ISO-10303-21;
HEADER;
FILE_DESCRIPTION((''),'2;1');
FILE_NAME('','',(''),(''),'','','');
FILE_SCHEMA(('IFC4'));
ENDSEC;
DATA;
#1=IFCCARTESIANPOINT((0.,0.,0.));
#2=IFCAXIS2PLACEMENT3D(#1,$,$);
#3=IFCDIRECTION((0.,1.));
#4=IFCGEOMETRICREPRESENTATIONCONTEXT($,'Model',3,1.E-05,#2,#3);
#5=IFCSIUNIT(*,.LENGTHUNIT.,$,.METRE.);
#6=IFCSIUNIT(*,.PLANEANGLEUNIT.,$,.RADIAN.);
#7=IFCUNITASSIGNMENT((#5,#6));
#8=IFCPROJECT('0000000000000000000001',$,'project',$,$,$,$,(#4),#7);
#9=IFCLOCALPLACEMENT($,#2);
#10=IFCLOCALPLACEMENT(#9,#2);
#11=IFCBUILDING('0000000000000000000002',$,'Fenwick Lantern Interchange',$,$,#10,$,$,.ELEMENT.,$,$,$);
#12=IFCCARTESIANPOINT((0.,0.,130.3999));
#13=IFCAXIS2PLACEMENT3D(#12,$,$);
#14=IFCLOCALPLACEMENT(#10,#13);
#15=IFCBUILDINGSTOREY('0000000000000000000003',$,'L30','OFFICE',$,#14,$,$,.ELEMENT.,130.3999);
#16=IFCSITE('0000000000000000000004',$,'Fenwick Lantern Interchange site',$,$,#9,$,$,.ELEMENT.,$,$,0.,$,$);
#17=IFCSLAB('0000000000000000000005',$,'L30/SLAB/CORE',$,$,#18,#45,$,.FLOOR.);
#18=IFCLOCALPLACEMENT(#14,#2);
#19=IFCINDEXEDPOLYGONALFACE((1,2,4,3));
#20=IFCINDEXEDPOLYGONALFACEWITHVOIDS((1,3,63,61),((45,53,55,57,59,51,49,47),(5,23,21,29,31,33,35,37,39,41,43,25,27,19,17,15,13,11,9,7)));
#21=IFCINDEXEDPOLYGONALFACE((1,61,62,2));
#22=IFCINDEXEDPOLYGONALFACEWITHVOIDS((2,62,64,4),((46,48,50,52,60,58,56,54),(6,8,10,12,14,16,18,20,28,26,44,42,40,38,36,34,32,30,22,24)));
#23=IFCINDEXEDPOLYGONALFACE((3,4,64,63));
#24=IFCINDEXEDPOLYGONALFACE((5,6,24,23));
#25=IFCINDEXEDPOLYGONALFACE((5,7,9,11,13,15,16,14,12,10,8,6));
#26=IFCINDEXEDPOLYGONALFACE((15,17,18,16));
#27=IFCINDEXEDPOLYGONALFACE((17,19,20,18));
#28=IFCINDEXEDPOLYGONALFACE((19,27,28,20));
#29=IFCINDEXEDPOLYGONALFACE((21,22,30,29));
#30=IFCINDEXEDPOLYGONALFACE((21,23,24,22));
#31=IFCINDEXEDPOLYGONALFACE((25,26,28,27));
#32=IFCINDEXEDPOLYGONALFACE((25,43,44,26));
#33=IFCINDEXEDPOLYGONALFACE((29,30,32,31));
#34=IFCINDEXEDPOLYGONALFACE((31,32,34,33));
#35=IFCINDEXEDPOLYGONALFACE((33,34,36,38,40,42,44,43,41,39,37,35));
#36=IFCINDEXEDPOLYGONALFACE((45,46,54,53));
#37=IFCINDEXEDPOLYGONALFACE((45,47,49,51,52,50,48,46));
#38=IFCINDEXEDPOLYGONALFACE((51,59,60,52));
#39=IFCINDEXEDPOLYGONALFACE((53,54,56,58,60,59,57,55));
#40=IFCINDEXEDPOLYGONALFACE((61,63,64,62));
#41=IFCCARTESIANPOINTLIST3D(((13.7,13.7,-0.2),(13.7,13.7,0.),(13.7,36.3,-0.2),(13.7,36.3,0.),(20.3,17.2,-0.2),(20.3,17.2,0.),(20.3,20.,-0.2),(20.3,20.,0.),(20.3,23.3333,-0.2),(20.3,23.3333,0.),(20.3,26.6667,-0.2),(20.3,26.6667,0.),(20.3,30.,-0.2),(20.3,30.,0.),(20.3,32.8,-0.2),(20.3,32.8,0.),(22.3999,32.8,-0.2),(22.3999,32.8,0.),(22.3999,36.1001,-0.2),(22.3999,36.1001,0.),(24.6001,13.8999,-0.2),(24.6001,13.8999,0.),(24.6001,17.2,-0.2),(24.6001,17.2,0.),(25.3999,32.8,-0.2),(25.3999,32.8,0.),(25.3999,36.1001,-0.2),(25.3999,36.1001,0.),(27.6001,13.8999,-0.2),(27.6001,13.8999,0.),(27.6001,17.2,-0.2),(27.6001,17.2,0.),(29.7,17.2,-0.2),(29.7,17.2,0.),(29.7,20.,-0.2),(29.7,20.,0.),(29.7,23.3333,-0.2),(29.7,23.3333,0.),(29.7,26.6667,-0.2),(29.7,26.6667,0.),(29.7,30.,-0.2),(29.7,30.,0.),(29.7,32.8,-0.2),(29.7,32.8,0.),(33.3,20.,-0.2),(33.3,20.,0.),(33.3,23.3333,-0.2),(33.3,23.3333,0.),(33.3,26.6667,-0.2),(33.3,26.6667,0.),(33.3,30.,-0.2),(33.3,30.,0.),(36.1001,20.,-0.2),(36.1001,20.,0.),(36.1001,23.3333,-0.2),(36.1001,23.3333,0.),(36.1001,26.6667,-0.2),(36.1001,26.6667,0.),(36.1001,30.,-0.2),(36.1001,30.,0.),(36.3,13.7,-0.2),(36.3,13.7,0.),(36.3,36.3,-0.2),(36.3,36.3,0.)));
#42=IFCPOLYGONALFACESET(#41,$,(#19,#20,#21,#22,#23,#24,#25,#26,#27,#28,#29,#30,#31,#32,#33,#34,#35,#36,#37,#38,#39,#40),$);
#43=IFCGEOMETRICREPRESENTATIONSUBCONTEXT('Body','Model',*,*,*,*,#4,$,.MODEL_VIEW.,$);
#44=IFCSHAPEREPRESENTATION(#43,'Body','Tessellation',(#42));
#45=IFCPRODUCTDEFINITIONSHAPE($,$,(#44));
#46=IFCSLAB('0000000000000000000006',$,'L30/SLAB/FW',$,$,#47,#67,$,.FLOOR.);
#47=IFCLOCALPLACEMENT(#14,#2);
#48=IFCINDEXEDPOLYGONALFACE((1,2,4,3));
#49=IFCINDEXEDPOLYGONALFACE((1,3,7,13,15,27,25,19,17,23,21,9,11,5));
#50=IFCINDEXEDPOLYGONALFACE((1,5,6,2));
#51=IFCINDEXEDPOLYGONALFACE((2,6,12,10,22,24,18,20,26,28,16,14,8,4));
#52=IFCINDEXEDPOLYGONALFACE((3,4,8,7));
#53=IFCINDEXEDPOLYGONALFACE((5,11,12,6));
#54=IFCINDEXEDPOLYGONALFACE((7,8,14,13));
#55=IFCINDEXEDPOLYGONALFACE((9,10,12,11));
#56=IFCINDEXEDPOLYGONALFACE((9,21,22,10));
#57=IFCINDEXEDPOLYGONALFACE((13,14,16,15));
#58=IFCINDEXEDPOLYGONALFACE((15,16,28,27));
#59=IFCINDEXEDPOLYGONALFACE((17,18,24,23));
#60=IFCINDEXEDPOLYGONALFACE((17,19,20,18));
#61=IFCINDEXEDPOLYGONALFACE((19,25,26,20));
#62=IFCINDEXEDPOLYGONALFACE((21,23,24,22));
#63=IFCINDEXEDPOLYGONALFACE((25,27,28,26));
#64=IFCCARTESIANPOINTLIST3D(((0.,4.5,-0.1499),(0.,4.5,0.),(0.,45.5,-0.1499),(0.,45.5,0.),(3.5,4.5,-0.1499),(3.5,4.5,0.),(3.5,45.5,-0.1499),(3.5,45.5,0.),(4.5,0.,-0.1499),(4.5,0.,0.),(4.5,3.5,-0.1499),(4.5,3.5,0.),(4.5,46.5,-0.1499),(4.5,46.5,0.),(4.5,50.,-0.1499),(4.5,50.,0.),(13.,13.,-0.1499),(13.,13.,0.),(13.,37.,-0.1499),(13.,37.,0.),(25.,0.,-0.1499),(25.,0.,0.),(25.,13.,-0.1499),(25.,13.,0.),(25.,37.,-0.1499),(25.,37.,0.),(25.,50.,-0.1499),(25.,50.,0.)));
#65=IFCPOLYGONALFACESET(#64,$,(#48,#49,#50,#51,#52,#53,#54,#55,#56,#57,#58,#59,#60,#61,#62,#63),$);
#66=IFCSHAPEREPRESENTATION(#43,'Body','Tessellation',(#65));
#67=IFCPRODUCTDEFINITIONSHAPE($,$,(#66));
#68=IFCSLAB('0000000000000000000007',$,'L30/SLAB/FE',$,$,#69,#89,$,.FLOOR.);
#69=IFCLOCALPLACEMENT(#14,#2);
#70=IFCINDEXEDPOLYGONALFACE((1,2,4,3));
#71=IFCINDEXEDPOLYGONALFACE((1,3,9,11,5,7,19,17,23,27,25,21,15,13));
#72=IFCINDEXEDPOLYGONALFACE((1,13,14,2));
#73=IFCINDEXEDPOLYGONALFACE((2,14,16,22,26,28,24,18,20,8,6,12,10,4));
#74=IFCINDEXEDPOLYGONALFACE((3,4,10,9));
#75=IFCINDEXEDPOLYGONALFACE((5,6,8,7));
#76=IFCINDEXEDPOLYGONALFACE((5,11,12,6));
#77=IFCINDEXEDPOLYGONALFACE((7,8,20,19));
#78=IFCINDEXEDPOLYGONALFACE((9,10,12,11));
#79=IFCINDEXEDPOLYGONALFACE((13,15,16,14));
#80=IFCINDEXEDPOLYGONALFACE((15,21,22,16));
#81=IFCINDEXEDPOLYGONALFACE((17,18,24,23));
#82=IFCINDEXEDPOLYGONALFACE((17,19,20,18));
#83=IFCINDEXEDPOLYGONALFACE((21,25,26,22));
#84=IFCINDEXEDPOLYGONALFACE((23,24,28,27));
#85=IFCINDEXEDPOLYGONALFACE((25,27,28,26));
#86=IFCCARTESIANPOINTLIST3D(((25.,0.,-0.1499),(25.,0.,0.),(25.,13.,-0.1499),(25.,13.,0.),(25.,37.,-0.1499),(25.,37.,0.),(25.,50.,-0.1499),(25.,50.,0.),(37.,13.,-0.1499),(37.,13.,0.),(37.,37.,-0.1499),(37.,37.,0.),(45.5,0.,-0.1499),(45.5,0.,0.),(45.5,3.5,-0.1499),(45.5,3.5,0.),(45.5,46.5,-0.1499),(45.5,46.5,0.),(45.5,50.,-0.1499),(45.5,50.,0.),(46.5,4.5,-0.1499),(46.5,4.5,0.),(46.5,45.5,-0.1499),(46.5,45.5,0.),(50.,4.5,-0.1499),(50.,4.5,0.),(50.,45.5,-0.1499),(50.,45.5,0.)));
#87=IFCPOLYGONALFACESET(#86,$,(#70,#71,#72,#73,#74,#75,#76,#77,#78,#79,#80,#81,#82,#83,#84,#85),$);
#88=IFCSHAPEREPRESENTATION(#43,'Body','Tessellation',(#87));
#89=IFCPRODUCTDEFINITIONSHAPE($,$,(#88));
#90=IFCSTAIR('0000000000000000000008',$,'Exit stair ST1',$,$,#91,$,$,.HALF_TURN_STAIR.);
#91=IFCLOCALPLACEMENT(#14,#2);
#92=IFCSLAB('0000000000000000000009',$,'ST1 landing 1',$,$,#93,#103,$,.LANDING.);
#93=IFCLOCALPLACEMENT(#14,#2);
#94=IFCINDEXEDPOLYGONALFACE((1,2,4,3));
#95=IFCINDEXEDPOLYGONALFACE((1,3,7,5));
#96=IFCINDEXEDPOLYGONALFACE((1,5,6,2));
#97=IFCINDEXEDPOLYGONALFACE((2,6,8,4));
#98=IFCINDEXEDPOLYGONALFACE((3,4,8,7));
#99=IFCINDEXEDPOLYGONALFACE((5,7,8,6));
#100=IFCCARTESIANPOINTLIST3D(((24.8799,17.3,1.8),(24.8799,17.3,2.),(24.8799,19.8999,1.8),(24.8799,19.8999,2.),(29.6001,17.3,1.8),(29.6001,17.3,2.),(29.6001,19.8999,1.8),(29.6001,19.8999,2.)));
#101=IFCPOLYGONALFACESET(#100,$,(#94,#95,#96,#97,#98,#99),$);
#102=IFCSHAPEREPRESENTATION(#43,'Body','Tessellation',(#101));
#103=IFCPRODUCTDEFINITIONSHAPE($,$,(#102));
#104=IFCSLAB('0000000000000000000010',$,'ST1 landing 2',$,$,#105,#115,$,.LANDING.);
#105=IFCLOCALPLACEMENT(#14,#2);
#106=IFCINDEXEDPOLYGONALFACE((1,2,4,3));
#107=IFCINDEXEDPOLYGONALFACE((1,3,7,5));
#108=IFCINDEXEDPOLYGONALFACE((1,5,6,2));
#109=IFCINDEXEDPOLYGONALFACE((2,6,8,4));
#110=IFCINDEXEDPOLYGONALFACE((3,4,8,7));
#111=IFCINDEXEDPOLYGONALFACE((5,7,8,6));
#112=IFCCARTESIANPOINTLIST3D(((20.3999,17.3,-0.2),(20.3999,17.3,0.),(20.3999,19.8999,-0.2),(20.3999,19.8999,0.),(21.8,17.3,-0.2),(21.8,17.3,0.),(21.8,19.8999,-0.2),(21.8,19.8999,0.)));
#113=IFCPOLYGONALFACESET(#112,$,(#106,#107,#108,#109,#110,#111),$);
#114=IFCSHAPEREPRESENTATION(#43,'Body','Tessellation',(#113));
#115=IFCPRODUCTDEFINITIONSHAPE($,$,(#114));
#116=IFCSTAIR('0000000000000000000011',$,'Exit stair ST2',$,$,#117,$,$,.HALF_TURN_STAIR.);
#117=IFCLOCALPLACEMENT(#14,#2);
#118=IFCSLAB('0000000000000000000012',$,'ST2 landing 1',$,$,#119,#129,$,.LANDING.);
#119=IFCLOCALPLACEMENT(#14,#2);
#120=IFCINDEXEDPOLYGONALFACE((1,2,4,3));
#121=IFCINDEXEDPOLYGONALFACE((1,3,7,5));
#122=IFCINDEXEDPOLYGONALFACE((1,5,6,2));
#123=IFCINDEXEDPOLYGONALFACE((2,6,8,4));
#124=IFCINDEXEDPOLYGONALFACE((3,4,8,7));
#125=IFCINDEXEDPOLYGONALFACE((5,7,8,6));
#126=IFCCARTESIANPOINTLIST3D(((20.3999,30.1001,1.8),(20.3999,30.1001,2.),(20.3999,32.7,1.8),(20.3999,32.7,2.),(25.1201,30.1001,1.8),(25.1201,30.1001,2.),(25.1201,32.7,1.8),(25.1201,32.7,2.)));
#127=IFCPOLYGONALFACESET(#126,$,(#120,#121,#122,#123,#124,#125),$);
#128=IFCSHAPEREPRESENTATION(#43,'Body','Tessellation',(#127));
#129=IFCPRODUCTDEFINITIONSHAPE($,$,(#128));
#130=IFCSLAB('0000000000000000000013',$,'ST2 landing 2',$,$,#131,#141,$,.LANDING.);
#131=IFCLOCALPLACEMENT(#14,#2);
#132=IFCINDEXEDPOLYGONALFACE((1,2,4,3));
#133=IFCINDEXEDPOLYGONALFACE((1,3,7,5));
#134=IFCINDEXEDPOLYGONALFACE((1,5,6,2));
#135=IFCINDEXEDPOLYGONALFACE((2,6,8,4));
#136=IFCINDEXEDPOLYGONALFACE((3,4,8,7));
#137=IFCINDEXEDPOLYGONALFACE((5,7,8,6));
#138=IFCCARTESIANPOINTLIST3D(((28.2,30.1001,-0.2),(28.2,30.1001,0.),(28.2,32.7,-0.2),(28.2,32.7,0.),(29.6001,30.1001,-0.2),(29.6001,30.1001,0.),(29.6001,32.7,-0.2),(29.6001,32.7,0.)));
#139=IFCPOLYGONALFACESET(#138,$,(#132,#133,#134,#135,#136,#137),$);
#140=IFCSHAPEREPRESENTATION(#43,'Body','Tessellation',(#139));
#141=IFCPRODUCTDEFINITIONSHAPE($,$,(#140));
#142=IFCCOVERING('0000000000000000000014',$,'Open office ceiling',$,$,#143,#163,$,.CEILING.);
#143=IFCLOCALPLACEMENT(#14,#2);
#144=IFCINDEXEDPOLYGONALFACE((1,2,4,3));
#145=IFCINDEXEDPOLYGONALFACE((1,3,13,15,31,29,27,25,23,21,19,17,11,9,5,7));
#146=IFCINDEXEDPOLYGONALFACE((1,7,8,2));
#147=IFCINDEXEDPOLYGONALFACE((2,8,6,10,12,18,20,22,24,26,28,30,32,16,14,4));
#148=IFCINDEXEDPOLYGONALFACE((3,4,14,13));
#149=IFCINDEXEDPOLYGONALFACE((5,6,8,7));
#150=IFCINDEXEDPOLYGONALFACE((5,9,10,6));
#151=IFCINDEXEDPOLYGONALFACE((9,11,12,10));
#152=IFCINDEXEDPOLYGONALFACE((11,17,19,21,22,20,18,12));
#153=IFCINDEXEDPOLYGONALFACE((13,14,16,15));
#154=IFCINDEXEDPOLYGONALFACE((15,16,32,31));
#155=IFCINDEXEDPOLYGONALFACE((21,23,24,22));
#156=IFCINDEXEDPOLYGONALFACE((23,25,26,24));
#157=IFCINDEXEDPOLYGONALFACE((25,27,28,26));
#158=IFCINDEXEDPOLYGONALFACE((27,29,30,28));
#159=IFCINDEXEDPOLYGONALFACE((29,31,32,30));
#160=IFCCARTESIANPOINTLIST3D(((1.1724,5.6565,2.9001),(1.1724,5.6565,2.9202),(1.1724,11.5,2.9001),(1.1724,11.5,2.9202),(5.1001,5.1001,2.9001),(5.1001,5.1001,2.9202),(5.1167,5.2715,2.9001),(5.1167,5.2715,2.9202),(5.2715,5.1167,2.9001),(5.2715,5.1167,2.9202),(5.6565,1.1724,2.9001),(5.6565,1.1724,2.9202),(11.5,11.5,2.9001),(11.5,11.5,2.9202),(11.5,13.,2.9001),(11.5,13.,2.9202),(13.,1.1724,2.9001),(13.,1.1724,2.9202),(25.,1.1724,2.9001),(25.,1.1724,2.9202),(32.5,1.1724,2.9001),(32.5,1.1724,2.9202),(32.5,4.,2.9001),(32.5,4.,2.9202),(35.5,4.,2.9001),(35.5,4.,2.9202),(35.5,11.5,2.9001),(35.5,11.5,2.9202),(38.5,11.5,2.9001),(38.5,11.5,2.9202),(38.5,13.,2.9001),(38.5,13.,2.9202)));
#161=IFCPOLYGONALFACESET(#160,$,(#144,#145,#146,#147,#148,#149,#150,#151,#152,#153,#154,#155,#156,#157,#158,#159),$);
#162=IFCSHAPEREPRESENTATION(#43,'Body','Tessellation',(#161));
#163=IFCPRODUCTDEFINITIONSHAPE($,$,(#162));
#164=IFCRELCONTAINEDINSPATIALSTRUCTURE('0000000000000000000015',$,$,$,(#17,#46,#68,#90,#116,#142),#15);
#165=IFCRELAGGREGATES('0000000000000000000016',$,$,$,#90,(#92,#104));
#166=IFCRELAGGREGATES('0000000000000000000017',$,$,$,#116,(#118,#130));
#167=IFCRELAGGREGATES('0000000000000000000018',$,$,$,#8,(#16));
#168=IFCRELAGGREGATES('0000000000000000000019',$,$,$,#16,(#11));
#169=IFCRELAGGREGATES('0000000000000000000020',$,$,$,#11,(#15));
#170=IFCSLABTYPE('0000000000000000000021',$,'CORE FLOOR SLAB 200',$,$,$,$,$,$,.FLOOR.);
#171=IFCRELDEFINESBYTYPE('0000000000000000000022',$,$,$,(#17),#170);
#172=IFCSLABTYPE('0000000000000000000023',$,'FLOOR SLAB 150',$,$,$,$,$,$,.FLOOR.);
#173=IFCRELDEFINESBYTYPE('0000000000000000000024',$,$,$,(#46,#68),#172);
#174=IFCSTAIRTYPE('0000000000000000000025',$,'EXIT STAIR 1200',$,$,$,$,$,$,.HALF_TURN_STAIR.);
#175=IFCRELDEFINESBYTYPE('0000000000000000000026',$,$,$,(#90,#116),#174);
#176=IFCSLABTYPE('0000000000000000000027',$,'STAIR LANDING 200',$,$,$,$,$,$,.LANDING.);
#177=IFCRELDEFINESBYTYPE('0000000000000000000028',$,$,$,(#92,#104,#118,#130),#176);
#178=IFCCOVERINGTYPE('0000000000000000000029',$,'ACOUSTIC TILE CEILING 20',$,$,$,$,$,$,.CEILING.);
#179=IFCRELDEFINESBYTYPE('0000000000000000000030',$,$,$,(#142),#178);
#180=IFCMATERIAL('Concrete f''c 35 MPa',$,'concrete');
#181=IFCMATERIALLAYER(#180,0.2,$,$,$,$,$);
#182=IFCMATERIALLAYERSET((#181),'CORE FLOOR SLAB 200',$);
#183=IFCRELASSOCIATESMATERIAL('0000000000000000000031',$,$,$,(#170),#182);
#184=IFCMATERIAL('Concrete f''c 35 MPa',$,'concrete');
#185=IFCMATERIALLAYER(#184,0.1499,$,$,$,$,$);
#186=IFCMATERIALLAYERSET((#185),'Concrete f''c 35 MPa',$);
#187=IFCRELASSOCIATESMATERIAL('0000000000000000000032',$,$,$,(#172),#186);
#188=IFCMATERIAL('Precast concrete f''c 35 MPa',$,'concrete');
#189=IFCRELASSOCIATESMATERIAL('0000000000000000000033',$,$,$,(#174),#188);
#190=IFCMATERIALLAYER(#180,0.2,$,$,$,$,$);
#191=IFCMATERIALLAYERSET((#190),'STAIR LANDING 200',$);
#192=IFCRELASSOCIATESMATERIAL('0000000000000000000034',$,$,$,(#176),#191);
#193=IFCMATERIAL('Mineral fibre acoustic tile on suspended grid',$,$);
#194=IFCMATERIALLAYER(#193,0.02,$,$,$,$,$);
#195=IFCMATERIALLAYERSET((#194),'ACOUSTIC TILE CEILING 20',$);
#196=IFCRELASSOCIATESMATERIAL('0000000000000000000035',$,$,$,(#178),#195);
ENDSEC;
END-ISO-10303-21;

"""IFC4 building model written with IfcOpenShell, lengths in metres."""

from ifc_helpers import new_model, si_unit, direction, frame, origin, place, context, subcontext, project, spatial, polyline, outline, extrude, material, layer, layer_set, type_object, element, aggregate, save


model = new_model("IFC4")

# Units and contexts
model_context = context("Model", 3, precision=1e-05, world=origin(), true_north=direction((0.0, 1.0)))
body_context = subcontext(model_context, "Body", "Model", "MODEL_VIEW")
ifc_project = project(units=[si_unit("LENGTHUNIT", "METRE"), si_unit("PLANEANGLEUNIT", "RADIAN")], contexts=[model_context])

# Site, building, storey
site_placement = place(None, origin())
site = spatial("IfcSite", under=ifc_project, at=site_placement, Name="Fenwick Lantern Interchange site", CompositionType="ELEMENT", RefElevation=0.0)
building_placement = place(site_placement, origin())
building = spatial("IfcBuilding", under=site, at=building_placement, Name="Fenwick Lantern Interchange", CompositionType="ELEMENT")
storey_placement = place(building_placement, frame((0.0, 0.0, 130.3999)))
storey = spatial("IfcBuildingStorey", under=building, at=storey_placement, Name="L30", Description="OFFICE", CompositionType="ELEMENT", Elevation=130.3999)

# Slabs
ifc_material_1 = material(Name="Concrete f'c 35 MPa", Category="concrete")
ifc_layer_1 = layer(ifc_material_1, 0.2)
ifc_layer_set_1 = layer_set([ifc_layer_1], Name="CORE FLOOR SLAB 200")
slab_type_1 = type_object("IfcSlabType", Name="CORE FLOOR SLAB 200", PredefinedType="FLOOR", material=ifc_layer_set_1)
slab_1_placement = place(storey_placement, frame((0.0, 0.0, -0.2)))
element("IfcSlab", 1, at=slab_1_placement, inside=storey, type_object=slab_type_1, Name="L30/SLAB/CORE", PredefinedType="FLOOR", context=body_context, shape_type="SweptSolid", body=[
    extrude(outline(polyline([(13.7, 36.3), (36.3, 36.3), (36.3, 13.7), (13.7, 13.7), (13.7, 36.3)]), holes=[polyline([(29.7, 17.2), (29.7, 20.0), (29.7, 23.3333), (29.7, 26.6667), (29.7, 30.0), (29.7, 32.8), (25.3999, 32.8), (25.3999, 36.1001), (22.3999, 36.1001), (22.3999, 32.8), (20.3, 32.8), (20.3, 30.0), (20.3, 26.6667), (20.3, 23.3333), (20.3, 20.0), (20.3, 17.2), (24.6001, 17.2), (24.6001, 13.8999), (27.6001, 13.8999), (27.6001, 17.2), (29.7, 17.2)]), polyline([(33.3, 23.3333), (33.3, 20.0), (36.1001, 20.0), (36.1001, 23.3333), (36.1001, 26.6667), (36.1001, 30.0), (33.3, 30.0), (33.3, 26.6667), (33.3, 23.3333)])]), origin(), (0.0, 0.0, 1.0), 0.2),
])
ifc_material_2 = material(Name="Concrete f'c 35 MPa", Category="concrete")
ifc_layer_2 = layer(ifc_material_2, 0.1499)
ifc_layer_set_2 = layer_set([ifc_layer_2], Name="Concrete f'c 35 MPa")
slab_type_2 = type_object("IfcSlabType", Name="FLOOR SLAB 150", PredefinedType="FLOOR", material=ifc_layer_set_2)
slab_2_placement = place(storey_placement, frame((0.0, 0.0, -0.1499)))
element("IfcSlab", 2, at=slab_2_placement, inside=storey, type_object=slab_type_2, Name="L30/SLAB/FW", PredefinedType="FLOOR", context=body_context, shape_type="SweptSolid", body=[
    extrude(outline(polyline([(4.5, 0.0), (4.5, 3.5), (3.5, 4.5), (0.0, 4.5), (0.0, 45.5), (3.5, 45.5), (4.5, 46.5), (4.5, 50.0), (25.0, 50.0), (25.0, 37.0), (13.0, 37.0), (13.0, 13.0), (25.0, 13.0), (25.0, 0.0), (4.5, 0.0)])), origin(), (0.0, 0.0, 1.0), 0.1499),
])
slab_3_placement = place(storey_placement, frame((0.0, 0.0, -0.1499)))
element("IfcSlab", 3, at=slab_3_placement, inside=storey, type_object=slab_type_2, Name="L30/SLAB/FE", PredefinedType="FLOOR", context=body_context, shape_type="SweptSolid", body=[
    extrude(outline(polyline([(45.5, 50.0), (45.5, 46.5), (46.5, 45.5), (50.0, 45.5), (50.0, 4.5), (46.5, 4.5), (45.5, 3.5), (45.5, 0.0), (25.0, 0.0), (25.0, 13.0), (37.0, 13.0), (37.0, 37.0), (25.0, 37.0), (25.0, 50.0), (45.5, 50.0)])), origin(), (0.0, 0.0, 1.0), 0.1499),
])

# Stairs, slabs
ifc_material_3 = material(Name="Precast concrete f'c 35 MPa", Category="concrete")
stair_type = type_object("IfcStairType", Name="EXIT STAIR 1200", PredefinedType="HALF_TURN_STAIR", material=ifc_material_3)
stair_1_placement = place(storey_placement, origin())
stair_1 = element("IfcStair", 4, at=stair_1_placement, inside=storey, type_object=stair_type, Name="Exit stair ST1", PredefinedType="HALF_TURN_STAIR")
ifc_layer_3 = layer(ifc_material_1, 0.2)
ifc_layer_set_3 = layer_set([ifc_layer_3], Name="STAIR LANDING 200")
slab_type_3 = type_object("IfcSlabType", Name="STAIR LANDING 200", PredefinedType="LANDING", material=ifc_layer_set_3)
slab_4_placement = place(storey_placement, frame((0.0, 0.0, 1.8)))
slab_4 = element("IfcSlab", 5, at=slab_4_placement, type_object=slab_type_3, Name="ST1 landing 1", PredefinedType="LANDING", context=body_context, shape_type="SweptSolid", body=[
    extrude(outline(polyline([(24.8799, 17.3), (29.6001, 17.3), (29.6001, 19.8999), (24.8799, 19.8999), (24.8799, 17.3)])), origin(), (0.0, 0.0, 1.0), 0.2),
])
slab_5_placement = place(storey_placement, frame((0.0, 0.0, -0.2)))
slab_5 = element("IfcSlab", 6, at=slab_5_placement, type_object=slab_type_3, Name="ST1 landing 2", PredefinedType="LANDING", context=body_context, shape_type="SweptSolid", body=[
    extrude(outline(polyline([(20.3999, 17.3), (21.8, 17.3), (21.8, 19.8999), (20.3999, 19.8999), (20.3999, 17.3)])), origin(), (0.0, 0.0, 1.0), 0.2),
])
aggregate(stair_1, [slab_4, slab_5])
stair_2_placement = place(storey_placement, origin())
stair_2 = element("IfcStair", 7, at=stair_2_placement, inside=storey, type_object=stair_type, Name="Exit stair ST2", PredefinedType="HALF_TURN_STAIR")
slab_6_placement = place(storey_placement, frame((0.0, 0.0, 1.8)))
slab_6 = element("IfcSlab", 8, at=slab_6_placement, type_object=slab_type_3, Name="ST2 landing 1", PredefinedType="LANDING", context=body_context, shape_type="SweptSolid", body=[
    extrude(outline(polyline([(25.1201, 32.7), (20.3999, 32.7), (20.3999, 30.1001), (25.1201, 30.1001), (25.1201, 32.7)])), origin(), (0.0, 0.0, 1.0), 0.2),
])
slab_7_placement = place(storey_placement, frame((0.0, 0.0, -0.2)))
slab_7 = element("IfcSlab", 9, at=slab_7_placement, type_object=slab_type_3, Name="ST2 landing 2", PredefinedType="LANDING", context=body_context, shape_type="SweptSolid", body=[
    extrude(outline(polyline([(29.6001, 32.7), (28.2, 32.7), (28.2, 30.1001), (29.6001, 30.1001), (29.6001, 32.7)])), origin(), (0.0, 0.0, 1.0), 0.2),
])
aggregate(stair_2, [slab_6, slab_7])

# Covering
ifc_material_4 = material(Name="Mineral fibre acoustic tile on suspended grid")
ifc_layer_4 = layer(ifc_material_4, 0.02)
ifc_layer_set_4 = layer_set([ifc_layer_4], Name="ACOUSTIC TILE CEILING 20")
covering_type_1 = type_object("IfcCoveringType", Name="ACOUSTIC TILE CEILING 20", PredefinedType="CEILING", material=ifc_layer_set_4)
covering_1_placement = place(storey_placement, frame((0.0, 0.0, 2.9001)))
element("IfcCovering", 10, at=covering_1_placement, inside=storey, type_object=covering_type_1, Name="Open office ceiling", PredefinedType="CEILING", context=body_context, shape_type="SweptSolid", body=[
    extrude(outline(polyline([(11.5, 11.5), (1.1724, 11.5), (1.1724, 5.6565), (5.1167, 5.2715), (5.1001, 5.1001), (5.2715, 5.1167), (5.6565, 1.1724), (13.0, 1.1724), (25.0, 1.1724), (32.5, 1.1724), (32.5, 4.0), (35.5, 4.0), (35.5, 11.5), (38.5, 11.5), (38.5, 13.0), (11.5, 13.0), (11.5, 11.5)])), origin(), (0.0, 0.0, 1.0), 0.02),
])

save(model, "model.ifc")
